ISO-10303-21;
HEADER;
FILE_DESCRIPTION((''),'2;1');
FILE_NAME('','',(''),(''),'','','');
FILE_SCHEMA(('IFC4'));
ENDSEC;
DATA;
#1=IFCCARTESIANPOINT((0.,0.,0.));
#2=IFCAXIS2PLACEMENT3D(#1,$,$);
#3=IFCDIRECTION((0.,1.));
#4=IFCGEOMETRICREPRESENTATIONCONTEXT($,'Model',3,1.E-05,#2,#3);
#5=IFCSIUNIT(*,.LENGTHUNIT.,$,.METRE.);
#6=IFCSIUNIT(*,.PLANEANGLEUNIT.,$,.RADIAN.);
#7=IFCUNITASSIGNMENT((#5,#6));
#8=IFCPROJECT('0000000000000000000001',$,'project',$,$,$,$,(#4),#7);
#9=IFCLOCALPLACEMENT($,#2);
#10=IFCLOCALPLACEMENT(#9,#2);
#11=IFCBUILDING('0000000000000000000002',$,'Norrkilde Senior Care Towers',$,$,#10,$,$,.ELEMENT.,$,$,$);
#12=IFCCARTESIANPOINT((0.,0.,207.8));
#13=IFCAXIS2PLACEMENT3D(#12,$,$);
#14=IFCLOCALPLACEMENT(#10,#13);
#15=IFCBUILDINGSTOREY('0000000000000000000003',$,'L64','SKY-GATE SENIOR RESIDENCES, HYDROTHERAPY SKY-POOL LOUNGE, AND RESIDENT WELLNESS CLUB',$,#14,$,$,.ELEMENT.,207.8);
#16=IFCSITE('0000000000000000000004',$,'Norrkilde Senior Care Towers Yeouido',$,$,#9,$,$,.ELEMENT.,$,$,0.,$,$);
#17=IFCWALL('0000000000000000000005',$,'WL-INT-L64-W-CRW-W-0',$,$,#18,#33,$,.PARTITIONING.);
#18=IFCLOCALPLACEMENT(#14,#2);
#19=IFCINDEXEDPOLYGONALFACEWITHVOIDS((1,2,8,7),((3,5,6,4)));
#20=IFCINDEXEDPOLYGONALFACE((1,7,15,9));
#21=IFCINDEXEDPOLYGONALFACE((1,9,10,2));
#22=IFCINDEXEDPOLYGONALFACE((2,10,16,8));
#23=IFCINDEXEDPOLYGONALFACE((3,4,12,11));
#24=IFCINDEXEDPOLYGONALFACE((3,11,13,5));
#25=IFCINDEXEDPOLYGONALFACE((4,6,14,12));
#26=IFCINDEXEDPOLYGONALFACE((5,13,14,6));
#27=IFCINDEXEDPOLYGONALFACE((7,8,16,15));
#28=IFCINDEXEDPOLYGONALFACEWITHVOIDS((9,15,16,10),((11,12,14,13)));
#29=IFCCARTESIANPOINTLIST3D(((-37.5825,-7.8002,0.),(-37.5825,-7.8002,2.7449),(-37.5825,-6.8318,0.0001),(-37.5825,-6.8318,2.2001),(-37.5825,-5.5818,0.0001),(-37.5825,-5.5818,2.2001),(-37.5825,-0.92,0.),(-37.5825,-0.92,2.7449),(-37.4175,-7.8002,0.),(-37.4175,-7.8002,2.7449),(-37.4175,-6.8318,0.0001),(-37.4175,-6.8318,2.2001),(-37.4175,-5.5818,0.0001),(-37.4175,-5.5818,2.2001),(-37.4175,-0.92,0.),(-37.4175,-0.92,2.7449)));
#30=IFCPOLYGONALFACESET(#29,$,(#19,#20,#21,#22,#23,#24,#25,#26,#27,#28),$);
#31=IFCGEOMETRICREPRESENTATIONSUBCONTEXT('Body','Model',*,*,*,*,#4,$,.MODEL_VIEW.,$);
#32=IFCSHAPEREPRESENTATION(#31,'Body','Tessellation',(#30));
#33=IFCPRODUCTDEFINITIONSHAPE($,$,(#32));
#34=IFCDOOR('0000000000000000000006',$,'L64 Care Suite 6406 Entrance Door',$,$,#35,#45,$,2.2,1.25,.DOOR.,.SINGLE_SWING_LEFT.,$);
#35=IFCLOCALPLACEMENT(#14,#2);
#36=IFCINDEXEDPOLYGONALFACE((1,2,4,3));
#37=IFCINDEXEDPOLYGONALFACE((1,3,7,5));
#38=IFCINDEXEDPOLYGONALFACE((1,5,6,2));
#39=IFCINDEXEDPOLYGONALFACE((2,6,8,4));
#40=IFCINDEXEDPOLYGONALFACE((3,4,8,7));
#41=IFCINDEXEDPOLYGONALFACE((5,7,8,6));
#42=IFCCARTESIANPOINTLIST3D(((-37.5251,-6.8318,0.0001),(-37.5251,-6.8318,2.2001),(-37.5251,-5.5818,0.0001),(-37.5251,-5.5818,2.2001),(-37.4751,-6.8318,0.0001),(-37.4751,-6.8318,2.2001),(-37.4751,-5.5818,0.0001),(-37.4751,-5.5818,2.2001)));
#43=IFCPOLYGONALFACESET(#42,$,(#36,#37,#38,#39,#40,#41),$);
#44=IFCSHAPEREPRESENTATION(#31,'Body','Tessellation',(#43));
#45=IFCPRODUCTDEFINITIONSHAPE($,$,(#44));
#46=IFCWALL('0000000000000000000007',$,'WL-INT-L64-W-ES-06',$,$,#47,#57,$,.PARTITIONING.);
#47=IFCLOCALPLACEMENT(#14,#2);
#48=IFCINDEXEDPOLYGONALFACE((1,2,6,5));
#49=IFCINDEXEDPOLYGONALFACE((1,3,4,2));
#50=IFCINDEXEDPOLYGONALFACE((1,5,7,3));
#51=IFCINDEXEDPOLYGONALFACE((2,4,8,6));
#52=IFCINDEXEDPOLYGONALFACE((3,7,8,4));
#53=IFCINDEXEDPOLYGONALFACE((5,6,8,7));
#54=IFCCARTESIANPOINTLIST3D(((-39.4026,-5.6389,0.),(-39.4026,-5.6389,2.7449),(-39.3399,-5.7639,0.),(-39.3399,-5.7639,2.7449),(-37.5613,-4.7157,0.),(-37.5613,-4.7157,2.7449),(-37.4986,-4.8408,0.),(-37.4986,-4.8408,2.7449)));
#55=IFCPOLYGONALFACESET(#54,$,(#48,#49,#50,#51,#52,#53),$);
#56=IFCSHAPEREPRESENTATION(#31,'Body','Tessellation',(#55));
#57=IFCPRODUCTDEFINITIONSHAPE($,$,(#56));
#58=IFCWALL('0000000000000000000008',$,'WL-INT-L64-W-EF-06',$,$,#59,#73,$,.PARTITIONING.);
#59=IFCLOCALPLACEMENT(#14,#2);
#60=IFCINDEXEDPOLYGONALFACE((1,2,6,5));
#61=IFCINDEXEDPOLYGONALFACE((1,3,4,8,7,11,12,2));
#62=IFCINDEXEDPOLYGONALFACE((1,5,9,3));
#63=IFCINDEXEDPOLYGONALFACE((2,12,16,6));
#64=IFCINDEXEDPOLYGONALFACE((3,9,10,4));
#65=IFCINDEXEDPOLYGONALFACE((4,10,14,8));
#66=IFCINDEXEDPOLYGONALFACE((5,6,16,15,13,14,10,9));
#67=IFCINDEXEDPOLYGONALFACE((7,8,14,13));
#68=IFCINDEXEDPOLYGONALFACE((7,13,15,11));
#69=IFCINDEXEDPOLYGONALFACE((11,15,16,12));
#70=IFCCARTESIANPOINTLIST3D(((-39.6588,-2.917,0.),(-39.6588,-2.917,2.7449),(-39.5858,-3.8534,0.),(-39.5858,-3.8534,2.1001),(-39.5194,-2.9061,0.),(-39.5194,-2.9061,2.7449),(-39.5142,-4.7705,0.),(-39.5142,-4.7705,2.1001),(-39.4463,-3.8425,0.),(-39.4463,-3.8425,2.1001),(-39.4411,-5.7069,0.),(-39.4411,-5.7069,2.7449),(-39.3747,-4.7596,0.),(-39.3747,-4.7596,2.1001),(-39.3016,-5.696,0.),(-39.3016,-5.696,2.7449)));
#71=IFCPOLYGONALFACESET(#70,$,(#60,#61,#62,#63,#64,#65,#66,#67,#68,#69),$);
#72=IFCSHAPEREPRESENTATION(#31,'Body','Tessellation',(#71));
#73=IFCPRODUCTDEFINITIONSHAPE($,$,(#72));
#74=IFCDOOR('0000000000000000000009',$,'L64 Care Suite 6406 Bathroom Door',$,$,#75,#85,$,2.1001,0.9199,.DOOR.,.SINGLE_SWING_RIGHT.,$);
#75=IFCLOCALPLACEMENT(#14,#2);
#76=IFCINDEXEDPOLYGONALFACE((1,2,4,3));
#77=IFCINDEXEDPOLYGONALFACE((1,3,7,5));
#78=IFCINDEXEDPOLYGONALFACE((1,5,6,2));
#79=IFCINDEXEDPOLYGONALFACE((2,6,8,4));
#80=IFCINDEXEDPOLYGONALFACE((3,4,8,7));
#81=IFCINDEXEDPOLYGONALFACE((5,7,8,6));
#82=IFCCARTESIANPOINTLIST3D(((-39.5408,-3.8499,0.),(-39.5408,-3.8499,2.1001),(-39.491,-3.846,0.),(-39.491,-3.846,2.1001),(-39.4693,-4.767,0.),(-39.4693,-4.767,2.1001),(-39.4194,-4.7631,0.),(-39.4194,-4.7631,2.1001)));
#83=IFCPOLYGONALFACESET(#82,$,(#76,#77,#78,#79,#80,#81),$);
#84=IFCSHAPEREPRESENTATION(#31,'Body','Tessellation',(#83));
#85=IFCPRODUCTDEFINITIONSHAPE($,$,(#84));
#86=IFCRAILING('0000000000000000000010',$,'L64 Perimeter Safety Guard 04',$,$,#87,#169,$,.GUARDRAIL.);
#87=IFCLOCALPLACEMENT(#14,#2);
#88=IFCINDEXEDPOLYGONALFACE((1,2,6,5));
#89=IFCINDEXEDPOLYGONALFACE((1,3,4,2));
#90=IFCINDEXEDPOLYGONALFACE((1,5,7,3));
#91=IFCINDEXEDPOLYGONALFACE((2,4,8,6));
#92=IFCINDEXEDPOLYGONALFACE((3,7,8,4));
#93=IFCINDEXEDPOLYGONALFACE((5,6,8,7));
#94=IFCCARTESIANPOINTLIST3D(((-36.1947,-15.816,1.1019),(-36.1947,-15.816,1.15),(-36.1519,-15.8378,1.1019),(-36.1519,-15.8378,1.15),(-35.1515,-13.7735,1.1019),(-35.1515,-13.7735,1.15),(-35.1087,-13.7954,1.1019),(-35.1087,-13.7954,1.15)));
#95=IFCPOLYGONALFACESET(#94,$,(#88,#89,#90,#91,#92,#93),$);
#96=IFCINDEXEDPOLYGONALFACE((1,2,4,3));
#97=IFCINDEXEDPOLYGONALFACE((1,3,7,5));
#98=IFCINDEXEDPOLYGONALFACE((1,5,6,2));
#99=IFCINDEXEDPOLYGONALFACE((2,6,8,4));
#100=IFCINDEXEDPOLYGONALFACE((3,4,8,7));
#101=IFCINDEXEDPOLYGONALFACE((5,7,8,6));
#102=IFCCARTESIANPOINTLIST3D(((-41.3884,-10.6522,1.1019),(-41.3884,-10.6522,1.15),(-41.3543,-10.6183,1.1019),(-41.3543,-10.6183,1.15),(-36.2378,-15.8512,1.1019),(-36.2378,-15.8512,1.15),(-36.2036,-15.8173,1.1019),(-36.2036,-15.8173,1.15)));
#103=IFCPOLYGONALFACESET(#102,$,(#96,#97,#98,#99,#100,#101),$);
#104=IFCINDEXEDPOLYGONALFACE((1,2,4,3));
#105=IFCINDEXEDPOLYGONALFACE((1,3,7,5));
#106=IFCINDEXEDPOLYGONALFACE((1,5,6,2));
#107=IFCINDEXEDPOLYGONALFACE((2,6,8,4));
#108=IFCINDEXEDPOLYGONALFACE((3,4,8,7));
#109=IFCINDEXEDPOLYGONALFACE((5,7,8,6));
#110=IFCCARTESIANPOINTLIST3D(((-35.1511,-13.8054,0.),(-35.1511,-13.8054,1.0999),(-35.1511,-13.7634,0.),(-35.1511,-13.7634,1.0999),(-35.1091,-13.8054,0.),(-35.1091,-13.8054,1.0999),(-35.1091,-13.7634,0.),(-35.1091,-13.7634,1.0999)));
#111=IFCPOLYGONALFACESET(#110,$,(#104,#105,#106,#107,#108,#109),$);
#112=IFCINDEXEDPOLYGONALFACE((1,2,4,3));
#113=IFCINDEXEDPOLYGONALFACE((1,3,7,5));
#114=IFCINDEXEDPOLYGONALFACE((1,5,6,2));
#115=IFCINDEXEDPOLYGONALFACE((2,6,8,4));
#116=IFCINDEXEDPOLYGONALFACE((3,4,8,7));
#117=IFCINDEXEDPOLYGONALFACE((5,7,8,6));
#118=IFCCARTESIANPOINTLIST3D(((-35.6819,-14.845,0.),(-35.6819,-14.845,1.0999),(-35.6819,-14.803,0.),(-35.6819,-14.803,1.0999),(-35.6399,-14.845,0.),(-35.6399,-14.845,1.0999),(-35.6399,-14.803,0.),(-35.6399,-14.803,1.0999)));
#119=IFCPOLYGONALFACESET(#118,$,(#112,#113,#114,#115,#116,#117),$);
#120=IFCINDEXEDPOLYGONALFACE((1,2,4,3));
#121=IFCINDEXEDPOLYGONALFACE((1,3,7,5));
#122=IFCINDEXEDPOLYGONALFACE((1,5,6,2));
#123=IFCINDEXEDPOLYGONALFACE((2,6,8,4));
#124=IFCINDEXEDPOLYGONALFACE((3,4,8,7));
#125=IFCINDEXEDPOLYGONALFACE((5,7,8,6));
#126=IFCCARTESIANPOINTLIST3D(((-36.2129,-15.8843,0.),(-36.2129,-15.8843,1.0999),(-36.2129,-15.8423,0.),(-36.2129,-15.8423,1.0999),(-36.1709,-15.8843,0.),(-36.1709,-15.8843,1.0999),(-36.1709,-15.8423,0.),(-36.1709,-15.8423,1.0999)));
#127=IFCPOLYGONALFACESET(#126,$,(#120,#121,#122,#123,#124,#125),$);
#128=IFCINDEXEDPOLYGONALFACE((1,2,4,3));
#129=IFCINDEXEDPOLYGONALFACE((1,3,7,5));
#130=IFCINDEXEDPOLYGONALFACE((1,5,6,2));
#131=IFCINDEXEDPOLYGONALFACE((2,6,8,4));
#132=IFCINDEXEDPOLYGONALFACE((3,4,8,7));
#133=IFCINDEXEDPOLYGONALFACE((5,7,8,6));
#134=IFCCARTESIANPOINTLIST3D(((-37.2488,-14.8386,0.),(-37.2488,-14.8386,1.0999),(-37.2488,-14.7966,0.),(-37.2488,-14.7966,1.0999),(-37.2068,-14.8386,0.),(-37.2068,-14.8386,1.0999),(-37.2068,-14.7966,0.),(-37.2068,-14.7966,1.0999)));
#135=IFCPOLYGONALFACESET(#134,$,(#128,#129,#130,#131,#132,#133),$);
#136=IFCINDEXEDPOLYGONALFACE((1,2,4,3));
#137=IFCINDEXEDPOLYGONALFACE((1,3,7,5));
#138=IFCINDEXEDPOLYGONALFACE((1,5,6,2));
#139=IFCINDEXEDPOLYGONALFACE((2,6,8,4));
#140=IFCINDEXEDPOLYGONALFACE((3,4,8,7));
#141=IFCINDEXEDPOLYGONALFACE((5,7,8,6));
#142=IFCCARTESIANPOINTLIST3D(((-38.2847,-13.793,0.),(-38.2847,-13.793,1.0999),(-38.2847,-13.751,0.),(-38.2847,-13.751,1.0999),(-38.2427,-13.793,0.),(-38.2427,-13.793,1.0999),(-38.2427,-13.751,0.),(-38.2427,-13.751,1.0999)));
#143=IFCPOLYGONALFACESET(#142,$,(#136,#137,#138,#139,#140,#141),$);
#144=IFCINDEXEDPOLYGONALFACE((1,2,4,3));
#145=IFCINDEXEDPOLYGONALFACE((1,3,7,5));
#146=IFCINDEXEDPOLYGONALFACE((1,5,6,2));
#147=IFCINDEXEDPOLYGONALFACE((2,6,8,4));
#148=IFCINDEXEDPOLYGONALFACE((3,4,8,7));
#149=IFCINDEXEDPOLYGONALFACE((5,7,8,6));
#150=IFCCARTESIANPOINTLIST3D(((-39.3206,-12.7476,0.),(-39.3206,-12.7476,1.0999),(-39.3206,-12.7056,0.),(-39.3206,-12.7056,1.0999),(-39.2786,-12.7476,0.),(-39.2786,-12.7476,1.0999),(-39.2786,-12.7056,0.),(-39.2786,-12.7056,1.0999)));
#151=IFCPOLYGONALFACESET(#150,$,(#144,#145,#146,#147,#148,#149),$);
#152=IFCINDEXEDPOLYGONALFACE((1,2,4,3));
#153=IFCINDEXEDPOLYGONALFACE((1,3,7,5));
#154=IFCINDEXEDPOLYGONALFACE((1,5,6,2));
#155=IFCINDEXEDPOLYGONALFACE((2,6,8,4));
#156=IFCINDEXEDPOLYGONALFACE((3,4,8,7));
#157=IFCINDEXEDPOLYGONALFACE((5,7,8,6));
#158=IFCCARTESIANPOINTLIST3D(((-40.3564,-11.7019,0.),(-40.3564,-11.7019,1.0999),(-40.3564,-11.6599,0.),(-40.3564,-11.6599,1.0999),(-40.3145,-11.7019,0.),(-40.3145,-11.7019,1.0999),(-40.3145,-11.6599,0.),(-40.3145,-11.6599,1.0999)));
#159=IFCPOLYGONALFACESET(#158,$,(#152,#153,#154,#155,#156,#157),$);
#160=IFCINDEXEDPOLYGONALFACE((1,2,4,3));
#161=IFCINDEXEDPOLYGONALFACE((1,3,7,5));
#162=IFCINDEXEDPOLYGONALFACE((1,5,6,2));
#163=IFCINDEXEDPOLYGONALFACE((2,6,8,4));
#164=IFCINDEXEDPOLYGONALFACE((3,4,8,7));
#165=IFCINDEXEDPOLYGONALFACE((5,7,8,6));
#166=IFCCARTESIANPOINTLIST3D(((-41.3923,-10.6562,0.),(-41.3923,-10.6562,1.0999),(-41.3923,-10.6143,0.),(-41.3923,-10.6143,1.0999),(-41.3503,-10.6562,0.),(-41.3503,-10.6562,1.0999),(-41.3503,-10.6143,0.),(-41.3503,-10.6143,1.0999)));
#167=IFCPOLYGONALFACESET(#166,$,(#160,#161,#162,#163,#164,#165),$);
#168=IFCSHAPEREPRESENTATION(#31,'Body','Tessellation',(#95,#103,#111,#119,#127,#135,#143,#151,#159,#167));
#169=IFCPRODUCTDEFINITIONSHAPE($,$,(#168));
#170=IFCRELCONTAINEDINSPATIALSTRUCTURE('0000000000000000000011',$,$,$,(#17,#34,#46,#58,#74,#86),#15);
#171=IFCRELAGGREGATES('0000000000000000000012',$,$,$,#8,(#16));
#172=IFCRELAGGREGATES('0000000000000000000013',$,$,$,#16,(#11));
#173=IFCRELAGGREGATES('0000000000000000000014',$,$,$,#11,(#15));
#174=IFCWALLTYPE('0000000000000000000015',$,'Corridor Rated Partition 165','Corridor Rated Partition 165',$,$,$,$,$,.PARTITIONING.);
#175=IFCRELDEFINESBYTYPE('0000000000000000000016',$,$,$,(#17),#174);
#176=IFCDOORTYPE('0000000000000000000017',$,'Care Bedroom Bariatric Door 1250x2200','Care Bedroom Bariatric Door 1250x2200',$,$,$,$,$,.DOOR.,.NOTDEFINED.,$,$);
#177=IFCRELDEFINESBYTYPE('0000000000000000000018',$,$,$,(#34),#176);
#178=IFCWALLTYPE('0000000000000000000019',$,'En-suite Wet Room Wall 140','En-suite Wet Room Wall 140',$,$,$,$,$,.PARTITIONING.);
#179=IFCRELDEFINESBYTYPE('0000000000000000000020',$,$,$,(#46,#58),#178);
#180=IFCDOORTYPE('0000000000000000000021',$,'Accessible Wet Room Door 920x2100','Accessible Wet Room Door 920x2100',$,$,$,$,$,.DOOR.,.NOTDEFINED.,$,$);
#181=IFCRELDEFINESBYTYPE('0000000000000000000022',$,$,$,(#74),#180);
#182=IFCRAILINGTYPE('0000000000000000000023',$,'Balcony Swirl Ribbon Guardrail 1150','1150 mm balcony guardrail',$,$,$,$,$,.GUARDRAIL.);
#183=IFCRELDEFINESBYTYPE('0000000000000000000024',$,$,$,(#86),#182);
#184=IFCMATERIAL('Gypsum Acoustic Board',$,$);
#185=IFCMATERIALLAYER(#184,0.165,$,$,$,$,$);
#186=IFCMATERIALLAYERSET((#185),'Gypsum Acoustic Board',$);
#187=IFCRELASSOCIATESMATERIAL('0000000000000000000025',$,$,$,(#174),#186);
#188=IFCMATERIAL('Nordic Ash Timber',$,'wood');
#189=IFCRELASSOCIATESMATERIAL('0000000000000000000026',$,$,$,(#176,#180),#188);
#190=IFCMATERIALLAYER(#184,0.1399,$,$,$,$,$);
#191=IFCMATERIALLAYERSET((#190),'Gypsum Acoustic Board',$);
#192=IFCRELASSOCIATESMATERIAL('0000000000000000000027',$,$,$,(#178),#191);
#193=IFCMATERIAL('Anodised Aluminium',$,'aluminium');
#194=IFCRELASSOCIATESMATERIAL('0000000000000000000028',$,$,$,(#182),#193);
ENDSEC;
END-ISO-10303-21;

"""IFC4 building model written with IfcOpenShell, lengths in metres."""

from ifc_helpers import new_model, si_unit, direction, frame, frame_2d, origin, origin_2d, place, context, subcontext, project, spatial, rectangle, extrude, source, transform, mapped, material, layer, layer_set, type_object, type_shapes, element, fill, save


model = new_model("IFC4")

# Units and contexts
model_context = context("Model", 3, precision=1e-05, world=origin(), true_north=direction((0.0, 1.0)))
body_context = subcontext(model_context, "Body", "Model", "MODEL_VIEW")
ifc_project = project(units=[si_unit("LENGTHUNIT", "METRE"), si_unit("PLANEANGLEUNIT", "RADIAN")], contexts=[model_context])

# Site, building, storey
site_placement = place(None, origin())
site = spatial("IfcSite", under=ifc_project, at=site_placement, Name="Norrkilde Senior Care Towers Yeouido", CompositionType="ELEMENT", RefElevation=0.0)
building_placement = place(site_placement, origin())
building = spatial("IfcBuilding", under=site, at=building_placement, Name="Norrkilde Senior Care Towers", CompositionType="ELEMENT")
storey_placement = place(building_placement, frame((0.0, 0.0, 207.8)))
storey = spatial("IfcBuildingStorey", under=building, at=storey_placement, Name="L64", Description="SKY-GATE SENIOR RESIDENCES, HYDROTHERAPY SKY-POOL LOUNGE, AND RESIDENT WELLNESS CLUB", CompositionType="ELEMENT", Elevation=207.8)

# Shared definitions
ifc_material_1 = material(Name="Anodised Aluminium", Category="aluminium")

# Shared definitions
ifc_material_2 = material(Name="Gypsum Acoustic Board")
ifc_layer_1 = layer(ifc_material_2, 0.165)
ifc_layer_set_1 = layer_set([ifc_layer_1], Name="Gypsum Acoustic Board")
wall_type_1 = type_object("IfcWallType", Name="Corridor Rated Partition 165", Description="Corridor Rated Partition 165", PredefinedType="PARTITIONING", material=ifc_layer_set_1)

# Wall, opening, door
shared_shape_1 = source(origin(), body_context, "Body", "SweptSolid", [
    extrude(rectangle(XDim=6.8801, YDim=0.165, at=frame_2d((3.4399, 0.0))), origin(), (0.0, 0.0, 1.0), 2.7449),
])
wall_1_placement = place(storey_placement, frame((-37.5, -7.8, 0.0), z_axis=(0.0, 0.0, 1.0), x_axis=(0.0, 1.0, 0.0)))
wall_1 = element("IfcWall", 1, at=wall_1_placement, inside=storey, type_object=wall_type_1, Name="WL-INT-L64-W-CRW-W-0", PredefinedType="PARTITIONING", context=body_context, shape_type="MappedRepresentation", body=[
    mapped(shared_shape_1, transform((0.0, 0.0, 0.0), x_axis=(1.0, 0.0, 0.0), y_axis=(0.0, 1.0, 0.0), z_axis=(0.0, 0.0, 1.0), scale=1.0)),
])
opening_1_placement = place(wall_1_placement, frame((0.9683, 0.0, 0.0)))
opening_1 = element("IfcOpeningElement", 2, at=opening_1_placement, cuts=wall_1, PredefinedType="OPENING", context=body_context, shape_type="SweptSolid", body=[
    extrude(rectangle(XDim=1.25, YDim=2.2, at=frame_2d((0.625, 1.1001))), frame((0.0, 0.0925, 0.0), z_axis=(0.0, -1.0, 0.0), x_axis=(1.0, 0.0, 0.0)), (0.0, 0.0, 1.0), 0.1851),
])
ifc_material_3 = material(Name="Nordic Ash Timber", Category="wood")
door_type_1 = type_object("IfcDoorType", Name="Care Bedroom Bariatric Door 1250x2200", Description="Care Bedroom Bariatric Door 1250x2200", OperationType="NOTDEFINED", PredefinedType="DOOR", material=ifc_material_3)
shared_shape_2 = source(origin(), body_context, "Body", "SweptSolid", [
    extrude(rectangle(XDim=1.25, YDim=2.2, at=frame_2d((0.625, 1.1001))), frame((0.0, 0.0249, 0.0), z_axis=(0.0, -1.0, 0.0), x_axis=(1.0, 0.0, 0.0)), (0.0, 0.0, 1.0), 0.05),
])
type_shapes(door_type_1, [shared_shape_2])
door_1_placement = place(opening_1_placement, frame((1.25, 0.0, 0.0), z_axis=(0.0, 0.0, 1.0), x_axis=(-1.0, 0.0, 0.0)))
door_1 = element("IfcDoor", 3, at=door_1_placement, inside=storey, type_object=door_type_1, Name="L64 Care Suite 6406 Entrance Door", OperationType="SINGLE_SWING_LEFT", OverallHeight=2.2, OverallWidth=1.25, PredefinedType="DOOR", context=body_context, shape_type="MappedRepresentation", body=[
    mapped(shared_shape_2, transform((0.0, 0.0, 0.0), x_axis=(1.0, 0.0, 0.0), y_axis=(0.0, 1.0, 0.0), z_axis=(0.0, 0.0, 1.0), scale=1.0)),
])
fill(opening_1, door_1)

# Wall
ifc_layer_2 = layer(ifc_material_2, 0.1399)
ifc_layer_set_2 = layer_set([ifc_layer_2], Name="Gypsum Acoustic Board")
wall_type_2 = type_object("IfcWallType", Name="En-suite Wet Room Wall 140", Description="En-suite Wet Room Wall 140", PredefinedType="PARTITIONING", material=ifc_layer_set_2)
shared_shape_3 = source(origin(), body_context, "Body", "SweptSolid", [
    extrude(rectangle(XDim=2.0598, YDim=0.1399, at=frame_2d((1.0298, 0.0))), origin(), (0.0, 0.0, 1.0), 2.7449),
])
wall_2_placement = place(storey_placement, frame((-37.53, -4.7783, 0.0), z_axis=(0.0, 0.0, 1.0), x_axis=(-0.893953, -0.448162, 0.0)))
element("IfcWall", 4, at=wall_2_placement, inside=storey, type_object=wall_type_2, Name="WL-INT-L64-W-ES-06", PredefinedType="PARTITIONING", context=body_context, shape_type="MappedRepresentation", body=[
    mapped(shared_shape_3, transform((0.0, 0.0, 0.0), x_axis=(1.0, 0.0, 0.0), y_axis=(0.0, 1.0, 0.0), z_axis=(0.0, 0.0, 1.0), scale=1.0)),
])

# Wall, opening, door
shared_shape_4 = source(origin(), body_context, "Body", "SweptSolid", [
    extrude(rectangle(XDim=2.7983, YDim=0.1399, at=frame_2d((1.3992, 0.0))), origin(), (0.0, 0.0, 1.0), 2.7449),
])
type_shapes(wall_type_2, [shared_shape_3, shared_shape_4])
wall_3_placement = place(storey_placement, frame((-39.3713, -5.7014, 0.0), z_axis=(0.0, 0.0, 1.0), x_axis=(-0.077824, 0.996967, 0.0)))
wall_3 = element("IfcWall", 5, at=wall_3_placement, inside=storey, type_object=wall_type_2, Name="WL-INT-L64-W-EF-06", PredefinedType="PARTITIONING", context=body_context, shape_type="MappedRepresentation", body=[
    mapped(shared_shape_4, transform((0.0, 0.0, 0.0), x_axis=(1.0, 0.0, 0.0), y_axis=(0.0, 1.0, 0.0), z_axis=(0.0, 0.0, 1.0), scale=1.0)),
])
opening_2_placement = place(wall_3_placement, frame((0.9392, 0.0, 0.0)))
opening_2 = element("IfcOpeningElement", 6, at=opening_2_placement, cuts=wall_3, PredefinedType="OPENING", context=body_context, shape_type="SweptSolid", body=[
    extrude(rectangle(XDim=0.9199, YDim=2.1001, at=frame_2d((0.46, 1.05))), frame((0.0, 0.0798, 0.0), z_axis=(0.0, -1.0, 0.0), x_axis=(1.0, 0.0, 0.0)), (0.0, 0.0, 1.0), 0.1599),
])
door_type_2 = type_object("IfcDoorType", Name="Accessible Wet Room Door 920x2100", Description="Accessible Wet Room Door 920x2100", OperationType="NOTDEFINED", PredefinedType="DOOR", material=ifc_material_3)
shared_shape_5 = source(origin(), body_context, "Body", "SweptSolid", [
    extrude(rectangle(XDim=0.9199, YDim=2.1001, at=frame_2d((0.46, 1.05))), frame((0.0, 0.0249, 0.0), z_axis=(0.0, -1.0, 0.0), x_axis=(1.0, 0.0, 0.0)), (0.0, 0.0, 1.0), 0.05),
])
type_shapes(door_type_2, [shared_shape_5])
door_2_placement = place(opening_2_placement, origin())
door_2 = element("IfcDoor", 7, at=door_2_placement, inside=storey, type_object=door_type_2, Name="L64 Care Suite 6406 Bathroom Door", OperationType="SINGLE_SWING_RIGHT", OverallHeight=2.1001, OverallWidth=0.9199, PredefinedType="DOOR", context=body_context, shape_type="MappedRepresentation", body=[
    mapped(shared_shape_5, transform((0.0, 0.0, 0.0), x_axis=(1.0, 0.0, 0.0), y_axis=(0.0, 1.0, 0.0), z_axis=(0.0, 0.0, 1.0), scale=1.0)),
])
fill(opening_2, door_2)

# Railing
railing_type = type_object("IfcRailingType", Name="Balcony Swirl Ribbon Guardrail 1150", Description="1150 mm balcony guardrail", PredefinedType="GUARDRAIL", material=ifc_material_1)
railing_1_placement = place(storey_placement, frame((-35.1301, -13.7844, 0.0)))
element("IfcRailing", 8, at=railing_1_placement, inside=storey, type_object=railing_type, Name="L64 Perimeter Safety Guard 04", PredefinedType="GUARDRAIL", context=body_context, shape_type="SweptSolid", body=[
    extrude(rectangle(XDim=0.0481, YDim=0.0481, at=origin_2d()), frame((0.0, 0.0, 1.126), z_axis=(-0.454853, -0.890567, 0.0), x_axis=(0.890567, -0.454853, 0.0)), (0.0, 0.0, 1.0), 2.2935),
    extrude(rectangle(XDim=0.0481, YDim=0.0481, at=origin_2d()), frame((-1.0906, -2.0498, 1.126), z_axis=(-0.703798, 0.7104, 0.0), x_axis=(-0.7104, -0.703798, 0.0)), (0.0, 0.0, 1.0), 7.3184),
    extrude(rectangle(XDim=0.042, YDim=0.042, at=origin_2d()), origin(), (0.0, 0.0, 1.0), 1.0999),
    extrude(rectangle(XDim=0.042, YDim=0.042, at=origin_2d()), frame((-0.5308, -1.0396, 0.0)), (0.0, 0.0, 1.0), 1.0999),
    extrude(rectangle(XDim=0.042, YDim=0.042, at=origin_2d()), frame((-1.0618, -2.0789, 0.0)), (0.0, 0.0, 1.0), 1.0999),
    extrude(rectangle(XDim=0.042, YDim=0.042, at=origin_2d()), frame((-2.0977, -1.0332, 0.0)), (0.0, 0.0, 1.0), 1.0999),
    extrude(rectangle(XDim=0.042, YDim=0.042, at=origin_2d()), frame((-3.1335, 0.0125, 0.0)), (0.0, 0.0, 1.0), 1.0999),
    extrude(rectangle(XDim=0.042, YDim=0.042, at=origin_2d()), frame((-4.1694, 1.0579, 0.0)), (0.0, 0.0, 1.0), 1.0999),
    extrude(rectangle(XDim=0.042, YDim=0.042, at=origin_2d()), frame((-5.2053, 2.1035, 0.0)), (0.0, 0.0, 1.0), 1.0999),
    extrude(rectangle(XDim=0.042, YDim=0.042, at=origin_2d()), frame((-6.2412, 3.1492, 0.0)), (0.0, 0.0, 1.0), 1.0999),
])

save(model, "model.ifc")
